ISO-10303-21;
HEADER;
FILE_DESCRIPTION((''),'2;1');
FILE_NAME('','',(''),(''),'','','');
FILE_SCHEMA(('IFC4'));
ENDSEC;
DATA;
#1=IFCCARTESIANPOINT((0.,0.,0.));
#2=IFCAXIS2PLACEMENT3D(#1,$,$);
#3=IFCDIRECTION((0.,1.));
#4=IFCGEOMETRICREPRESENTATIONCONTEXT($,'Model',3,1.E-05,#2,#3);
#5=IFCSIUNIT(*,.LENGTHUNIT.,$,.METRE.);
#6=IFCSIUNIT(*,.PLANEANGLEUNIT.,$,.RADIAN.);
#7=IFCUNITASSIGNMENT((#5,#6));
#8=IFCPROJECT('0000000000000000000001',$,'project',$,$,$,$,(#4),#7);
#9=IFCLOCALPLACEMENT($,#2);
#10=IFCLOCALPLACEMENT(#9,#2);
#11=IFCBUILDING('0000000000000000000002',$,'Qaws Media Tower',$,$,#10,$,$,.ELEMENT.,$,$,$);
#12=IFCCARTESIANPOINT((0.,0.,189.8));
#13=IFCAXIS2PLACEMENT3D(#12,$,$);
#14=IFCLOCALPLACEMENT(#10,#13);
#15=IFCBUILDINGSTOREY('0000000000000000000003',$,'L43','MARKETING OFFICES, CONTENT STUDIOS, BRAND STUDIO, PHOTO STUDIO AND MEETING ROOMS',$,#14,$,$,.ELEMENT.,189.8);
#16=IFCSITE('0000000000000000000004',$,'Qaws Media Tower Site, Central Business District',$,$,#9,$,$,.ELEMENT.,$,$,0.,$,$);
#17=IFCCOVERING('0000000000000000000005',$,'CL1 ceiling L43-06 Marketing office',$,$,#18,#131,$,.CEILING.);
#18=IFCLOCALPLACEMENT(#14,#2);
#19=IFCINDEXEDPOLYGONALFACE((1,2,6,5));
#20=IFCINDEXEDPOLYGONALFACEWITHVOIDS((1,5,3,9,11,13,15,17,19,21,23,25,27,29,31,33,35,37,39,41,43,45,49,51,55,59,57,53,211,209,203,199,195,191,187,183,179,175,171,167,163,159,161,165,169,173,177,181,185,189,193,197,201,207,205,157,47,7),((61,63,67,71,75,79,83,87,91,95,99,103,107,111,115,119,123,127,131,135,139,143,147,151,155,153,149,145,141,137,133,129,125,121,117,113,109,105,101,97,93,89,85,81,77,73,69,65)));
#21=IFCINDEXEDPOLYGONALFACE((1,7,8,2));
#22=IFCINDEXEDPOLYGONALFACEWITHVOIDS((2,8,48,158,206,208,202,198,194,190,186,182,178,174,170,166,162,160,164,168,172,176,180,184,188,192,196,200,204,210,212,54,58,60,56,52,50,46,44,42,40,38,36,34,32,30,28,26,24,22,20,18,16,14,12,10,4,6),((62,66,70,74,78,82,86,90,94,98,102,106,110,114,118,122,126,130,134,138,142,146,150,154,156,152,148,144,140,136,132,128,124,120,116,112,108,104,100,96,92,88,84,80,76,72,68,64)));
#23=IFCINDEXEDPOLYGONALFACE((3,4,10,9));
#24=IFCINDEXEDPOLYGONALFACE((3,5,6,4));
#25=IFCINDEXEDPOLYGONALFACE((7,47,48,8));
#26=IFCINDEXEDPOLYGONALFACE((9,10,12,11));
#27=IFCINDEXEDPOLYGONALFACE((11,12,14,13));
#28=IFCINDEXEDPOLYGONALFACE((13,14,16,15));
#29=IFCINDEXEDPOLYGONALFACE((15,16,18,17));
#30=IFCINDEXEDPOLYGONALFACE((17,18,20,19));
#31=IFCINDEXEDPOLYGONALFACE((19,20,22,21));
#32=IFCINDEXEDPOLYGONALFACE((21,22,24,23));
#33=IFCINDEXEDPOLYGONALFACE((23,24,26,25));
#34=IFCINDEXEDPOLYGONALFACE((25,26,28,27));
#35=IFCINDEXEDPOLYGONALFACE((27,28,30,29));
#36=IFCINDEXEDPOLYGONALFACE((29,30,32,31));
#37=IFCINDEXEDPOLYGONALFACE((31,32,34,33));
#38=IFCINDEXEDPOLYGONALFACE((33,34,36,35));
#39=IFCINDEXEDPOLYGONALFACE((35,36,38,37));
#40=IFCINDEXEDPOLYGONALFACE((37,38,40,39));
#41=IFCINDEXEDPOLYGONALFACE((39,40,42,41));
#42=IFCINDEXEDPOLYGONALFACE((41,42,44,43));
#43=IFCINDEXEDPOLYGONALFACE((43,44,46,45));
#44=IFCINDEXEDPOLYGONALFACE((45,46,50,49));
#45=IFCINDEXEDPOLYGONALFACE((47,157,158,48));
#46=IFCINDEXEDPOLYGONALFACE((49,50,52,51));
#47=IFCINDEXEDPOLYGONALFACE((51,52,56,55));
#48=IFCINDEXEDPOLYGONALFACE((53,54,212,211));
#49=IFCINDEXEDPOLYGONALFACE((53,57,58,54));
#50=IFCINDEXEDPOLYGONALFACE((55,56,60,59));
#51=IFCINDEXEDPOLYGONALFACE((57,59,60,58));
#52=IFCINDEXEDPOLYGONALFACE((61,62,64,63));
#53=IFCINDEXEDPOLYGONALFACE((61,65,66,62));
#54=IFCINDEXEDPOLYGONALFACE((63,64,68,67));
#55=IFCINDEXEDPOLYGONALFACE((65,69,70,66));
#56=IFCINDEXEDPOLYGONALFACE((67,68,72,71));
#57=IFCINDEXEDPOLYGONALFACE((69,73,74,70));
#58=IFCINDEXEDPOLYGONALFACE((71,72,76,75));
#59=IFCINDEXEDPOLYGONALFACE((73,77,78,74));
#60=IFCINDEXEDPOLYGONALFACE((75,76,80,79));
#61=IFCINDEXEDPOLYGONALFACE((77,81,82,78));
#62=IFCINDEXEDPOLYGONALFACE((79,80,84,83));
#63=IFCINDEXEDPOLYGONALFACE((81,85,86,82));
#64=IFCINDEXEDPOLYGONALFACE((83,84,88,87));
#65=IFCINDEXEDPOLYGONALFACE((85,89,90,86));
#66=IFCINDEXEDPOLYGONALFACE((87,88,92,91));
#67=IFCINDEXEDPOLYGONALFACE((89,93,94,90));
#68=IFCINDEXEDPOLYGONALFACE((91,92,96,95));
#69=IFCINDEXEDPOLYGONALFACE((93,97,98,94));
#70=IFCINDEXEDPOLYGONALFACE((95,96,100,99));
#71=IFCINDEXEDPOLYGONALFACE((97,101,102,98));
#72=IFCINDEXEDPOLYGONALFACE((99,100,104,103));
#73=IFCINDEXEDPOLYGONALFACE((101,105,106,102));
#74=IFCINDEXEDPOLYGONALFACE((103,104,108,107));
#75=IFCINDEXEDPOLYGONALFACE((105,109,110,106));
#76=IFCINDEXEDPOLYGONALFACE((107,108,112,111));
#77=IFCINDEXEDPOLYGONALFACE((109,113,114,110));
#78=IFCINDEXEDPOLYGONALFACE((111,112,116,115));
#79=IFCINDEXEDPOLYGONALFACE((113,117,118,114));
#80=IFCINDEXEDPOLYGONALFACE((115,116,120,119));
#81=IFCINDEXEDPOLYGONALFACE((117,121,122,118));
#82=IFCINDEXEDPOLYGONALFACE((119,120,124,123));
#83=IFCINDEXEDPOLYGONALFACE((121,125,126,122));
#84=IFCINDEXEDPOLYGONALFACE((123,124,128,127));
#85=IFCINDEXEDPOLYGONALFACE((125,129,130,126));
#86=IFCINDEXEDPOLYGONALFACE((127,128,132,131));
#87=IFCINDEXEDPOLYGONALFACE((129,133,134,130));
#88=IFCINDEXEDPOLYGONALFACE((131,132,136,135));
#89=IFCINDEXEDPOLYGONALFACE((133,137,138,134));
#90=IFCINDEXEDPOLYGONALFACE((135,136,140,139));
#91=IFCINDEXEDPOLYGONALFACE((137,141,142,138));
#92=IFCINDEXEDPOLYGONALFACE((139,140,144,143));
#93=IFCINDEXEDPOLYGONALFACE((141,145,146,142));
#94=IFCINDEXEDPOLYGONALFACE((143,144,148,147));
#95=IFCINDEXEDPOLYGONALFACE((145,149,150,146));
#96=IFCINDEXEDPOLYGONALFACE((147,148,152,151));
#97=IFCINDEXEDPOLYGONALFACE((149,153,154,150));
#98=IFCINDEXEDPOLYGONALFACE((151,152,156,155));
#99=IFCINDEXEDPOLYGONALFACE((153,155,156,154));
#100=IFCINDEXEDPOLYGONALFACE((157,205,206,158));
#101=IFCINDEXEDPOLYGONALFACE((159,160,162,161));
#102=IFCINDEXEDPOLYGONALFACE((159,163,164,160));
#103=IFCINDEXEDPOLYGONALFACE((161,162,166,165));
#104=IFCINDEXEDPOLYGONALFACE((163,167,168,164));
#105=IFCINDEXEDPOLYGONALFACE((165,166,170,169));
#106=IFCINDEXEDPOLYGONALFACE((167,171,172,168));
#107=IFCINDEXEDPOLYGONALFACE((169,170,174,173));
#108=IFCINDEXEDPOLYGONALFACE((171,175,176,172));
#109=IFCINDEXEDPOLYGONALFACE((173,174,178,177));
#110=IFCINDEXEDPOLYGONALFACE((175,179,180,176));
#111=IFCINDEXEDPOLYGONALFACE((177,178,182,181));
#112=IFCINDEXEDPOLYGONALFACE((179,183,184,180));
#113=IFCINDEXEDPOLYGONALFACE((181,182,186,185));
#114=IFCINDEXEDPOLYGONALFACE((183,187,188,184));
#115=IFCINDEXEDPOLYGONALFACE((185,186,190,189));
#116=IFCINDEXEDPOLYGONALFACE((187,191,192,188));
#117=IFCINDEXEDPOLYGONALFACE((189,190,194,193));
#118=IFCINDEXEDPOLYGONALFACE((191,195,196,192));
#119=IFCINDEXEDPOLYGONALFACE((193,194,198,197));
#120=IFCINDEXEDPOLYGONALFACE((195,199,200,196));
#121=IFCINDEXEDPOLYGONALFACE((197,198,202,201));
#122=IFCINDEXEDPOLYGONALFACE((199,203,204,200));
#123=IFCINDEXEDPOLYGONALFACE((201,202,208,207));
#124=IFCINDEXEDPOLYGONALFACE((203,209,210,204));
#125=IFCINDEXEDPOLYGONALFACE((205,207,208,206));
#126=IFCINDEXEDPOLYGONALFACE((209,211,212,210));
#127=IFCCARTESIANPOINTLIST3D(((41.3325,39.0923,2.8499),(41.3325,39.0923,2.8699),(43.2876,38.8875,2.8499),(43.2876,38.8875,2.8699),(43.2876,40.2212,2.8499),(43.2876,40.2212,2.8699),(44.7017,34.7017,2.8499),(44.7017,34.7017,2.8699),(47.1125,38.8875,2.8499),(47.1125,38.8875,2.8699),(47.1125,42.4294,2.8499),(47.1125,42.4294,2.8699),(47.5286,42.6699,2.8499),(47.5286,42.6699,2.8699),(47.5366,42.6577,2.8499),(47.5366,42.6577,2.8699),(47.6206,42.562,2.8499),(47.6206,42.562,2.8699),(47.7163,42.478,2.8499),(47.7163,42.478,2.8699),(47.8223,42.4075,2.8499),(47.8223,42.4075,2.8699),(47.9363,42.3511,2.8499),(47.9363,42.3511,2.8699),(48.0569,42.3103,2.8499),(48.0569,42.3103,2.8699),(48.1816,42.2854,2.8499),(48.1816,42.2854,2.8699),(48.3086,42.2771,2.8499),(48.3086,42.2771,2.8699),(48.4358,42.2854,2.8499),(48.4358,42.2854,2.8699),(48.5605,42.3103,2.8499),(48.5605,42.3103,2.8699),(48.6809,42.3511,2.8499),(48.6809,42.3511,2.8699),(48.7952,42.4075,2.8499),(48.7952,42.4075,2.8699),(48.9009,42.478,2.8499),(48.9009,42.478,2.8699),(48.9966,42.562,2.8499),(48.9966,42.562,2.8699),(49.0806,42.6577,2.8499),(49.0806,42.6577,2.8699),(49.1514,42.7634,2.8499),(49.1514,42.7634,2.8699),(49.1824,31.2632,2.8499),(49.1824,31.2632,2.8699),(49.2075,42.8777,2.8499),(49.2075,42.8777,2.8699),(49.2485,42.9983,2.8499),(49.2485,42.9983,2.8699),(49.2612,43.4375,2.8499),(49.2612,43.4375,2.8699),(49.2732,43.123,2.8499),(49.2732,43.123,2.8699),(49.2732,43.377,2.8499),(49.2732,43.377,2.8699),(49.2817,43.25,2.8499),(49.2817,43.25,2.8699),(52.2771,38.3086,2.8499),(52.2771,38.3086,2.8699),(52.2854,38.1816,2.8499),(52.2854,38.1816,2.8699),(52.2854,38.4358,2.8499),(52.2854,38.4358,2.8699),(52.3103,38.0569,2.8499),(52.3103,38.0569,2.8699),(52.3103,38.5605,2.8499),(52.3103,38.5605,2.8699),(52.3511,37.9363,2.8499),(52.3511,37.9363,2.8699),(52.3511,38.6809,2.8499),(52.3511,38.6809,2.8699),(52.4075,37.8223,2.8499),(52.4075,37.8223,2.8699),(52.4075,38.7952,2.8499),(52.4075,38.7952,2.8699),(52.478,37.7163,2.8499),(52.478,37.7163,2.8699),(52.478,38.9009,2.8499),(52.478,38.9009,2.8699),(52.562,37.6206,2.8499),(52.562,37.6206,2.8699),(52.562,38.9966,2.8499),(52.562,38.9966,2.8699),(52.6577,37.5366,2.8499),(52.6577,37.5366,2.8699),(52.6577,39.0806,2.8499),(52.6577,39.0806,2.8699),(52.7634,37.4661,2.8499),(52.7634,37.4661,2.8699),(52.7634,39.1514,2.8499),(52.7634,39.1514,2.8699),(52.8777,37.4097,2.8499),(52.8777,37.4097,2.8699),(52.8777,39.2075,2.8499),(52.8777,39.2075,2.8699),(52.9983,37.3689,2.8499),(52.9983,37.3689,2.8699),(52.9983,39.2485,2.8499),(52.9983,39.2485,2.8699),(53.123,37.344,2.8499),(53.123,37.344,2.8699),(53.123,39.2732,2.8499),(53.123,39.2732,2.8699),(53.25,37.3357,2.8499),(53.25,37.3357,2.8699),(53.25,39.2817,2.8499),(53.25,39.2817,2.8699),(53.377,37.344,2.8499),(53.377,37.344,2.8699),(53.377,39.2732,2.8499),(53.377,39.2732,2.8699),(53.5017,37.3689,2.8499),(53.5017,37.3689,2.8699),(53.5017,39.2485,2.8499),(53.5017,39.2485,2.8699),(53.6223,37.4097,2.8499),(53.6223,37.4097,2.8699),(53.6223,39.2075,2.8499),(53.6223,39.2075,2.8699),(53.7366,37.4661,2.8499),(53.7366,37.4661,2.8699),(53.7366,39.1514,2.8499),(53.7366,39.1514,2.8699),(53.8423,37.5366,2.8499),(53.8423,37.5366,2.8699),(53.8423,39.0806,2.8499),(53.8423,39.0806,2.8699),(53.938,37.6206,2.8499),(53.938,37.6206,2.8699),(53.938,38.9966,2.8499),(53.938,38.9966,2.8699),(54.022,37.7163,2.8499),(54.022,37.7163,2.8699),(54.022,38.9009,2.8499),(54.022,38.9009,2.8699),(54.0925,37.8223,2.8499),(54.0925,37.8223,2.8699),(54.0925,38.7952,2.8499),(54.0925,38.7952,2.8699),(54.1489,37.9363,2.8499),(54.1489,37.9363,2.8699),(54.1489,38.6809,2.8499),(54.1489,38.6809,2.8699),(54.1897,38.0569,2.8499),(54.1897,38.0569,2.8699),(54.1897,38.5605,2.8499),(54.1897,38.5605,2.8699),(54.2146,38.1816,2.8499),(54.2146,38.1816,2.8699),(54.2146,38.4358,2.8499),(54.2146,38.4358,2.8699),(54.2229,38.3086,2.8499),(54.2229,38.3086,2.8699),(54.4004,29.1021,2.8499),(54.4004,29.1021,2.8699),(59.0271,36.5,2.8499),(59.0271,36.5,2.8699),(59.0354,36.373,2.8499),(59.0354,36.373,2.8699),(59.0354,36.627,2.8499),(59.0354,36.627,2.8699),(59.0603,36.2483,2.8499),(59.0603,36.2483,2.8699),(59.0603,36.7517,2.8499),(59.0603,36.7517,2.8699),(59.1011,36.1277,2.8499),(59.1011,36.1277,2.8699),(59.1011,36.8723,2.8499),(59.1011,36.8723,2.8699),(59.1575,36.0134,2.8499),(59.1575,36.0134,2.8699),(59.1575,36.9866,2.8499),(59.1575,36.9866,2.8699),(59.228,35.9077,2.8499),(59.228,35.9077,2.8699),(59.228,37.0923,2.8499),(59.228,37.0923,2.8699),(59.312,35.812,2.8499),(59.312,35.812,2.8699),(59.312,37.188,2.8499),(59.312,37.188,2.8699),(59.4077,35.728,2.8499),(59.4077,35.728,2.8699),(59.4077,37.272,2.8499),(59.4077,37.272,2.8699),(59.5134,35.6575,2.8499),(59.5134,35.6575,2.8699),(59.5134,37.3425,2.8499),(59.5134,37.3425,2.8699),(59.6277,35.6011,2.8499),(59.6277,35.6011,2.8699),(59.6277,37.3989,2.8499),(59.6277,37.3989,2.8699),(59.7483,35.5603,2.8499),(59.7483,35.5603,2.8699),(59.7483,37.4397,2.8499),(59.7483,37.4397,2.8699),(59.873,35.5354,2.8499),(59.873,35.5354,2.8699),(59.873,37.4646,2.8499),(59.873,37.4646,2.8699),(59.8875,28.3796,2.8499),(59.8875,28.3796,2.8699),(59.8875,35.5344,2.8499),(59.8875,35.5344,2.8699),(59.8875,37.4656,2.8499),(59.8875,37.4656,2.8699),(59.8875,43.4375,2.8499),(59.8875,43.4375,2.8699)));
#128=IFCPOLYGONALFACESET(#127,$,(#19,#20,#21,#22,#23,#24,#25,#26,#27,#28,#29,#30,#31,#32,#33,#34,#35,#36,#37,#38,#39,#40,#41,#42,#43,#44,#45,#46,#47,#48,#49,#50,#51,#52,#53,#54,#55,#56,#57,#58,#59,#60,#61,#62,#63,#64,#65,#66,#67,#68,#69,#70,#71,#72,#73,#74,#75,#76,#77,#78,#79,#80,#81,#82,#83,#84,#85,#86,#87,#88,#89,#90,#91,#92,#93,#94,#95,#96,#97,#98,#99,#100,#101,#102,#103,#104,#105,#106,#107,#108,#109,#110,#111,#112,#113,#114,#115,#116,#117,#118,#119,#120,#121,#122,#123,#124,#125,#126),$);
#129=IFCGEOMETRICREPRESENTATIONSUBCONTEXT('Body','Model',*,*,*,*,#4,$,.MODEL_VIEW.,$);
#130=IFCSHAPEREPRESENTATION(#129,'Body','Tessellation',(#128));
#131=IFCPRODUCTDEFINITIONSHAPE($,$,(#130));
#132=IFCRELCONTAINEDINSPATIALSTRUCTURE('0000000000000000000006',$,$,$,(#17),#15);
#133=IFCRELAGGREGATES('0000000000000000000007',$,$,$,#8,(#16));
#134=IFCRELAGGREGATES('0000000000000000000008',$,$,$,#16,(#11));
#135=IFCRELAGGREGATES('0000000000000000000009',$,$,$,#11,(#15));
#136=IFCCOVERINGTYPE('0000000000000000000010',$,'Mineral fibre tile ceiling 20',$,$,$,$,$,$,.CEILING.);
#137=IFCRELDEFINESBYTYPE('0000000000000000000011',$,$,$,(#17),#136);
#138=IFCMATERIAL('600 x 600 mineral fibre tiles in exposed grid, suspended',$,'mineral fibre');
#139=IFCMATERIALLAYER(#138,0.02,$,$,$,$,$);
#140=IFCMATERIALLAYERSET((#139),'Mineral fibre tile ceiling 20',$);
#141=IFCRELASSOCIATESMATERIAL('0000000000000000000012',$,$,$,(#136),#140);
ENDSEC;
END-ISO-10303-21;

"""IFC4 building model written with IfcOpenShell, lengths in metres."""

from ifc_helpers import new_model, si_unit, direction, frame, origin, place, context, subcontext, project, spatial, polyline, outline, extrude, material, layer, layer_set, type_object, element, save


model = new_model("IFC4")

# Units and contexts
model_context = context("Model", 3, precision=1e-05, world=origin(), true_north=direction((0.0, 1.0)))
body_context = subcontext(model_context, "Body", "Model", "MODEL_VIEW")
ifc_project = project(units=[si_unit("LENGTHUNIT", "METRE"), si_unit("PLANEANGLEUNIT", "RADIAN")], contexts=[model_context])

# Site, building, storey
site_placement = place(None, origin())
site = spatial("IfcSite", under=ifc_project, at=site_placement, Name="Qaws Media Tower Site, Central Business District", CompositionType="ELEMENT", RefElevation=0.0)
building_placement = place(site_placement, origin())
building = spatial("IfcBuilding", under=site, at=building_placement, Name="Qaws Media Tower", CompositionType="ELEMENT")
storey_placement = place(building_placement, frame((0.0, 0.0, 189.8)))
storey = spatial("IfcBuildingStorey", under=building, at=storey_placement, Name="L43", Description="MARKETING OFFICES, CONTENT STUDIOS, BRAND STUDIO, PHOTO STUDIO AND MEETING ROOMS", CompositionType="ELEMENT", Elevation=189.8)

# Covering
ifc_material_1 = material(Name="600 x 600 mineral fibre tiles in exposed grid, suspended", Category="mineral fibre")
ifc_layer_1 = layer(ifc_material_1, 0.02)
ifc_layer_set_1 = layer_set([ifc_layer_1], Name="Mineral fibre tile ceiling 20")
covering_type_1 = type_object("IfcCoveringType", Name="Mineral fibre tile ceiling 20", PredefinedType="CEILING", material=ifc_layer_set_1)
covering_1_placement = place(storey_placement, frame((0.0, 0.0, 2.8499)))
element("IfcCovering", 1, at=covering_1_placement, inside=storey, type_object=covering_type_1, Name="CL1 ceiling L43-06 Marketing office", PredefinedType="CEILING", context=body_context, shape_type="SweptSolid", body=[
    extrude(outline(polyline([(54.4004, 29.1021), (49.1824, 31.2632), (44.7017, 34.7017), (41.3325, 39.0923), (43.2876, 40.2212), (43.2876, 38.8875), (47.1125, 38.8875), (47.1125, 42.4294), (47.5286, 42.6699), (47.5366, 42.6577), (47.6206, 42.562), (47.7163, 42.478), (47.8223, 42.4075), (47.9363, 42.3511), (48.0569, 42.3103), (48.1816, 42.2854), (48.3086, 42.2771), (48.4358, 42.2854), (48.5605, 42.3103), (48.6809, 42.3511), (48.7952, 42.4075), (48.9009, 42.478), (48.9966, 42.562), (49.0806, 42.6577), (49.1514, 42.7634), (49.2075, 42.8777), (49.2485, 42.9983), (49.2732, 43.123), (49.2817, 43.25), (49.2732, 43.377), (49.2612, 43.4375), (59.8875, 43.4375), (59.8875, 37.4656), (59.873, 37.4646), (59.7483, 37.4397), (59.6277, 37.3989), (59.5134, 37.3425), (59.4077, 37.272), (59.312, 37.188), (59.228, 37.0923), (59.1575, 36.9866), (59.1011, 36.8723), (59.0603, 36.7517), (59.0354, 36.627), (59.0271, 36.5), (59.0354, 36.373), (59.0603, 36.2483), (59.1011, 36.1277), (59.1575, 36.0134), (59.228, 35.9077), (59.312, 35.812), (59.4077, 35.728), (59.5134, 35.6575), (59.6277, 35.6011), (59.7483, 35.5603), (59.873, 35.5354), (59.8875, 35.5344), (59.8875, 28.3796), (54.4004, 29.1021)]), holes=[polyline([(54.1897, 38.0569), (54.2146, 38.1816), (54.2229, 38.3086), (54.2146, 38.4358), (54.1897, 38.5605), (54.1489, 38.6809), (54.0925, 38.7952), (54.022, 38.9009), (53.938, 38.9966), (53.8423, 39.0806), (53.7366, 39.1514), (53.6223, 39.2075), (53.5017, 39.2485), (53.377, 39.2732), (53.25, 39.2817), (53.123, 39.2732), (52.9983, 39.2485), (52.8777, 39.2075), (52.7634, 39.1514), (52.6577, 39.0806), (52.562, 38.9966), (52.478, 38.9009), (52.4075, 38.7952), (52.3511, 38.6809), (52.3103, 38.5605), (52.2854, 38.4358), (52.2771, 38.3086), (52.2854, 38.1816), (52.3103, 38.0569), (52.3511, 37.9363), (52.4075, 37.8223), (52.478, 37.7163), (52.562, 37.6206), (52.6577, 37.5366), (52.7634, 37.4661), (52.8777, 37.4097), (52.9983, 37.3689), (53.123, 37.344), (53.25, 37.3357), (53.377, 37.344), (53.5017, 37.3689), (53.6223, 37.4097), (53.7366, 37.4661), (53.8423, 37.5366), (53.938, 37.6206), (54.022, 37.7163), (54.0925, 37.8223), (54.1489, 37.9363), (54.1897, 38.0569)])]), origin(), (0.0, 0.0, 1.0), 0.02),
])

save(model, "model.ifc")
